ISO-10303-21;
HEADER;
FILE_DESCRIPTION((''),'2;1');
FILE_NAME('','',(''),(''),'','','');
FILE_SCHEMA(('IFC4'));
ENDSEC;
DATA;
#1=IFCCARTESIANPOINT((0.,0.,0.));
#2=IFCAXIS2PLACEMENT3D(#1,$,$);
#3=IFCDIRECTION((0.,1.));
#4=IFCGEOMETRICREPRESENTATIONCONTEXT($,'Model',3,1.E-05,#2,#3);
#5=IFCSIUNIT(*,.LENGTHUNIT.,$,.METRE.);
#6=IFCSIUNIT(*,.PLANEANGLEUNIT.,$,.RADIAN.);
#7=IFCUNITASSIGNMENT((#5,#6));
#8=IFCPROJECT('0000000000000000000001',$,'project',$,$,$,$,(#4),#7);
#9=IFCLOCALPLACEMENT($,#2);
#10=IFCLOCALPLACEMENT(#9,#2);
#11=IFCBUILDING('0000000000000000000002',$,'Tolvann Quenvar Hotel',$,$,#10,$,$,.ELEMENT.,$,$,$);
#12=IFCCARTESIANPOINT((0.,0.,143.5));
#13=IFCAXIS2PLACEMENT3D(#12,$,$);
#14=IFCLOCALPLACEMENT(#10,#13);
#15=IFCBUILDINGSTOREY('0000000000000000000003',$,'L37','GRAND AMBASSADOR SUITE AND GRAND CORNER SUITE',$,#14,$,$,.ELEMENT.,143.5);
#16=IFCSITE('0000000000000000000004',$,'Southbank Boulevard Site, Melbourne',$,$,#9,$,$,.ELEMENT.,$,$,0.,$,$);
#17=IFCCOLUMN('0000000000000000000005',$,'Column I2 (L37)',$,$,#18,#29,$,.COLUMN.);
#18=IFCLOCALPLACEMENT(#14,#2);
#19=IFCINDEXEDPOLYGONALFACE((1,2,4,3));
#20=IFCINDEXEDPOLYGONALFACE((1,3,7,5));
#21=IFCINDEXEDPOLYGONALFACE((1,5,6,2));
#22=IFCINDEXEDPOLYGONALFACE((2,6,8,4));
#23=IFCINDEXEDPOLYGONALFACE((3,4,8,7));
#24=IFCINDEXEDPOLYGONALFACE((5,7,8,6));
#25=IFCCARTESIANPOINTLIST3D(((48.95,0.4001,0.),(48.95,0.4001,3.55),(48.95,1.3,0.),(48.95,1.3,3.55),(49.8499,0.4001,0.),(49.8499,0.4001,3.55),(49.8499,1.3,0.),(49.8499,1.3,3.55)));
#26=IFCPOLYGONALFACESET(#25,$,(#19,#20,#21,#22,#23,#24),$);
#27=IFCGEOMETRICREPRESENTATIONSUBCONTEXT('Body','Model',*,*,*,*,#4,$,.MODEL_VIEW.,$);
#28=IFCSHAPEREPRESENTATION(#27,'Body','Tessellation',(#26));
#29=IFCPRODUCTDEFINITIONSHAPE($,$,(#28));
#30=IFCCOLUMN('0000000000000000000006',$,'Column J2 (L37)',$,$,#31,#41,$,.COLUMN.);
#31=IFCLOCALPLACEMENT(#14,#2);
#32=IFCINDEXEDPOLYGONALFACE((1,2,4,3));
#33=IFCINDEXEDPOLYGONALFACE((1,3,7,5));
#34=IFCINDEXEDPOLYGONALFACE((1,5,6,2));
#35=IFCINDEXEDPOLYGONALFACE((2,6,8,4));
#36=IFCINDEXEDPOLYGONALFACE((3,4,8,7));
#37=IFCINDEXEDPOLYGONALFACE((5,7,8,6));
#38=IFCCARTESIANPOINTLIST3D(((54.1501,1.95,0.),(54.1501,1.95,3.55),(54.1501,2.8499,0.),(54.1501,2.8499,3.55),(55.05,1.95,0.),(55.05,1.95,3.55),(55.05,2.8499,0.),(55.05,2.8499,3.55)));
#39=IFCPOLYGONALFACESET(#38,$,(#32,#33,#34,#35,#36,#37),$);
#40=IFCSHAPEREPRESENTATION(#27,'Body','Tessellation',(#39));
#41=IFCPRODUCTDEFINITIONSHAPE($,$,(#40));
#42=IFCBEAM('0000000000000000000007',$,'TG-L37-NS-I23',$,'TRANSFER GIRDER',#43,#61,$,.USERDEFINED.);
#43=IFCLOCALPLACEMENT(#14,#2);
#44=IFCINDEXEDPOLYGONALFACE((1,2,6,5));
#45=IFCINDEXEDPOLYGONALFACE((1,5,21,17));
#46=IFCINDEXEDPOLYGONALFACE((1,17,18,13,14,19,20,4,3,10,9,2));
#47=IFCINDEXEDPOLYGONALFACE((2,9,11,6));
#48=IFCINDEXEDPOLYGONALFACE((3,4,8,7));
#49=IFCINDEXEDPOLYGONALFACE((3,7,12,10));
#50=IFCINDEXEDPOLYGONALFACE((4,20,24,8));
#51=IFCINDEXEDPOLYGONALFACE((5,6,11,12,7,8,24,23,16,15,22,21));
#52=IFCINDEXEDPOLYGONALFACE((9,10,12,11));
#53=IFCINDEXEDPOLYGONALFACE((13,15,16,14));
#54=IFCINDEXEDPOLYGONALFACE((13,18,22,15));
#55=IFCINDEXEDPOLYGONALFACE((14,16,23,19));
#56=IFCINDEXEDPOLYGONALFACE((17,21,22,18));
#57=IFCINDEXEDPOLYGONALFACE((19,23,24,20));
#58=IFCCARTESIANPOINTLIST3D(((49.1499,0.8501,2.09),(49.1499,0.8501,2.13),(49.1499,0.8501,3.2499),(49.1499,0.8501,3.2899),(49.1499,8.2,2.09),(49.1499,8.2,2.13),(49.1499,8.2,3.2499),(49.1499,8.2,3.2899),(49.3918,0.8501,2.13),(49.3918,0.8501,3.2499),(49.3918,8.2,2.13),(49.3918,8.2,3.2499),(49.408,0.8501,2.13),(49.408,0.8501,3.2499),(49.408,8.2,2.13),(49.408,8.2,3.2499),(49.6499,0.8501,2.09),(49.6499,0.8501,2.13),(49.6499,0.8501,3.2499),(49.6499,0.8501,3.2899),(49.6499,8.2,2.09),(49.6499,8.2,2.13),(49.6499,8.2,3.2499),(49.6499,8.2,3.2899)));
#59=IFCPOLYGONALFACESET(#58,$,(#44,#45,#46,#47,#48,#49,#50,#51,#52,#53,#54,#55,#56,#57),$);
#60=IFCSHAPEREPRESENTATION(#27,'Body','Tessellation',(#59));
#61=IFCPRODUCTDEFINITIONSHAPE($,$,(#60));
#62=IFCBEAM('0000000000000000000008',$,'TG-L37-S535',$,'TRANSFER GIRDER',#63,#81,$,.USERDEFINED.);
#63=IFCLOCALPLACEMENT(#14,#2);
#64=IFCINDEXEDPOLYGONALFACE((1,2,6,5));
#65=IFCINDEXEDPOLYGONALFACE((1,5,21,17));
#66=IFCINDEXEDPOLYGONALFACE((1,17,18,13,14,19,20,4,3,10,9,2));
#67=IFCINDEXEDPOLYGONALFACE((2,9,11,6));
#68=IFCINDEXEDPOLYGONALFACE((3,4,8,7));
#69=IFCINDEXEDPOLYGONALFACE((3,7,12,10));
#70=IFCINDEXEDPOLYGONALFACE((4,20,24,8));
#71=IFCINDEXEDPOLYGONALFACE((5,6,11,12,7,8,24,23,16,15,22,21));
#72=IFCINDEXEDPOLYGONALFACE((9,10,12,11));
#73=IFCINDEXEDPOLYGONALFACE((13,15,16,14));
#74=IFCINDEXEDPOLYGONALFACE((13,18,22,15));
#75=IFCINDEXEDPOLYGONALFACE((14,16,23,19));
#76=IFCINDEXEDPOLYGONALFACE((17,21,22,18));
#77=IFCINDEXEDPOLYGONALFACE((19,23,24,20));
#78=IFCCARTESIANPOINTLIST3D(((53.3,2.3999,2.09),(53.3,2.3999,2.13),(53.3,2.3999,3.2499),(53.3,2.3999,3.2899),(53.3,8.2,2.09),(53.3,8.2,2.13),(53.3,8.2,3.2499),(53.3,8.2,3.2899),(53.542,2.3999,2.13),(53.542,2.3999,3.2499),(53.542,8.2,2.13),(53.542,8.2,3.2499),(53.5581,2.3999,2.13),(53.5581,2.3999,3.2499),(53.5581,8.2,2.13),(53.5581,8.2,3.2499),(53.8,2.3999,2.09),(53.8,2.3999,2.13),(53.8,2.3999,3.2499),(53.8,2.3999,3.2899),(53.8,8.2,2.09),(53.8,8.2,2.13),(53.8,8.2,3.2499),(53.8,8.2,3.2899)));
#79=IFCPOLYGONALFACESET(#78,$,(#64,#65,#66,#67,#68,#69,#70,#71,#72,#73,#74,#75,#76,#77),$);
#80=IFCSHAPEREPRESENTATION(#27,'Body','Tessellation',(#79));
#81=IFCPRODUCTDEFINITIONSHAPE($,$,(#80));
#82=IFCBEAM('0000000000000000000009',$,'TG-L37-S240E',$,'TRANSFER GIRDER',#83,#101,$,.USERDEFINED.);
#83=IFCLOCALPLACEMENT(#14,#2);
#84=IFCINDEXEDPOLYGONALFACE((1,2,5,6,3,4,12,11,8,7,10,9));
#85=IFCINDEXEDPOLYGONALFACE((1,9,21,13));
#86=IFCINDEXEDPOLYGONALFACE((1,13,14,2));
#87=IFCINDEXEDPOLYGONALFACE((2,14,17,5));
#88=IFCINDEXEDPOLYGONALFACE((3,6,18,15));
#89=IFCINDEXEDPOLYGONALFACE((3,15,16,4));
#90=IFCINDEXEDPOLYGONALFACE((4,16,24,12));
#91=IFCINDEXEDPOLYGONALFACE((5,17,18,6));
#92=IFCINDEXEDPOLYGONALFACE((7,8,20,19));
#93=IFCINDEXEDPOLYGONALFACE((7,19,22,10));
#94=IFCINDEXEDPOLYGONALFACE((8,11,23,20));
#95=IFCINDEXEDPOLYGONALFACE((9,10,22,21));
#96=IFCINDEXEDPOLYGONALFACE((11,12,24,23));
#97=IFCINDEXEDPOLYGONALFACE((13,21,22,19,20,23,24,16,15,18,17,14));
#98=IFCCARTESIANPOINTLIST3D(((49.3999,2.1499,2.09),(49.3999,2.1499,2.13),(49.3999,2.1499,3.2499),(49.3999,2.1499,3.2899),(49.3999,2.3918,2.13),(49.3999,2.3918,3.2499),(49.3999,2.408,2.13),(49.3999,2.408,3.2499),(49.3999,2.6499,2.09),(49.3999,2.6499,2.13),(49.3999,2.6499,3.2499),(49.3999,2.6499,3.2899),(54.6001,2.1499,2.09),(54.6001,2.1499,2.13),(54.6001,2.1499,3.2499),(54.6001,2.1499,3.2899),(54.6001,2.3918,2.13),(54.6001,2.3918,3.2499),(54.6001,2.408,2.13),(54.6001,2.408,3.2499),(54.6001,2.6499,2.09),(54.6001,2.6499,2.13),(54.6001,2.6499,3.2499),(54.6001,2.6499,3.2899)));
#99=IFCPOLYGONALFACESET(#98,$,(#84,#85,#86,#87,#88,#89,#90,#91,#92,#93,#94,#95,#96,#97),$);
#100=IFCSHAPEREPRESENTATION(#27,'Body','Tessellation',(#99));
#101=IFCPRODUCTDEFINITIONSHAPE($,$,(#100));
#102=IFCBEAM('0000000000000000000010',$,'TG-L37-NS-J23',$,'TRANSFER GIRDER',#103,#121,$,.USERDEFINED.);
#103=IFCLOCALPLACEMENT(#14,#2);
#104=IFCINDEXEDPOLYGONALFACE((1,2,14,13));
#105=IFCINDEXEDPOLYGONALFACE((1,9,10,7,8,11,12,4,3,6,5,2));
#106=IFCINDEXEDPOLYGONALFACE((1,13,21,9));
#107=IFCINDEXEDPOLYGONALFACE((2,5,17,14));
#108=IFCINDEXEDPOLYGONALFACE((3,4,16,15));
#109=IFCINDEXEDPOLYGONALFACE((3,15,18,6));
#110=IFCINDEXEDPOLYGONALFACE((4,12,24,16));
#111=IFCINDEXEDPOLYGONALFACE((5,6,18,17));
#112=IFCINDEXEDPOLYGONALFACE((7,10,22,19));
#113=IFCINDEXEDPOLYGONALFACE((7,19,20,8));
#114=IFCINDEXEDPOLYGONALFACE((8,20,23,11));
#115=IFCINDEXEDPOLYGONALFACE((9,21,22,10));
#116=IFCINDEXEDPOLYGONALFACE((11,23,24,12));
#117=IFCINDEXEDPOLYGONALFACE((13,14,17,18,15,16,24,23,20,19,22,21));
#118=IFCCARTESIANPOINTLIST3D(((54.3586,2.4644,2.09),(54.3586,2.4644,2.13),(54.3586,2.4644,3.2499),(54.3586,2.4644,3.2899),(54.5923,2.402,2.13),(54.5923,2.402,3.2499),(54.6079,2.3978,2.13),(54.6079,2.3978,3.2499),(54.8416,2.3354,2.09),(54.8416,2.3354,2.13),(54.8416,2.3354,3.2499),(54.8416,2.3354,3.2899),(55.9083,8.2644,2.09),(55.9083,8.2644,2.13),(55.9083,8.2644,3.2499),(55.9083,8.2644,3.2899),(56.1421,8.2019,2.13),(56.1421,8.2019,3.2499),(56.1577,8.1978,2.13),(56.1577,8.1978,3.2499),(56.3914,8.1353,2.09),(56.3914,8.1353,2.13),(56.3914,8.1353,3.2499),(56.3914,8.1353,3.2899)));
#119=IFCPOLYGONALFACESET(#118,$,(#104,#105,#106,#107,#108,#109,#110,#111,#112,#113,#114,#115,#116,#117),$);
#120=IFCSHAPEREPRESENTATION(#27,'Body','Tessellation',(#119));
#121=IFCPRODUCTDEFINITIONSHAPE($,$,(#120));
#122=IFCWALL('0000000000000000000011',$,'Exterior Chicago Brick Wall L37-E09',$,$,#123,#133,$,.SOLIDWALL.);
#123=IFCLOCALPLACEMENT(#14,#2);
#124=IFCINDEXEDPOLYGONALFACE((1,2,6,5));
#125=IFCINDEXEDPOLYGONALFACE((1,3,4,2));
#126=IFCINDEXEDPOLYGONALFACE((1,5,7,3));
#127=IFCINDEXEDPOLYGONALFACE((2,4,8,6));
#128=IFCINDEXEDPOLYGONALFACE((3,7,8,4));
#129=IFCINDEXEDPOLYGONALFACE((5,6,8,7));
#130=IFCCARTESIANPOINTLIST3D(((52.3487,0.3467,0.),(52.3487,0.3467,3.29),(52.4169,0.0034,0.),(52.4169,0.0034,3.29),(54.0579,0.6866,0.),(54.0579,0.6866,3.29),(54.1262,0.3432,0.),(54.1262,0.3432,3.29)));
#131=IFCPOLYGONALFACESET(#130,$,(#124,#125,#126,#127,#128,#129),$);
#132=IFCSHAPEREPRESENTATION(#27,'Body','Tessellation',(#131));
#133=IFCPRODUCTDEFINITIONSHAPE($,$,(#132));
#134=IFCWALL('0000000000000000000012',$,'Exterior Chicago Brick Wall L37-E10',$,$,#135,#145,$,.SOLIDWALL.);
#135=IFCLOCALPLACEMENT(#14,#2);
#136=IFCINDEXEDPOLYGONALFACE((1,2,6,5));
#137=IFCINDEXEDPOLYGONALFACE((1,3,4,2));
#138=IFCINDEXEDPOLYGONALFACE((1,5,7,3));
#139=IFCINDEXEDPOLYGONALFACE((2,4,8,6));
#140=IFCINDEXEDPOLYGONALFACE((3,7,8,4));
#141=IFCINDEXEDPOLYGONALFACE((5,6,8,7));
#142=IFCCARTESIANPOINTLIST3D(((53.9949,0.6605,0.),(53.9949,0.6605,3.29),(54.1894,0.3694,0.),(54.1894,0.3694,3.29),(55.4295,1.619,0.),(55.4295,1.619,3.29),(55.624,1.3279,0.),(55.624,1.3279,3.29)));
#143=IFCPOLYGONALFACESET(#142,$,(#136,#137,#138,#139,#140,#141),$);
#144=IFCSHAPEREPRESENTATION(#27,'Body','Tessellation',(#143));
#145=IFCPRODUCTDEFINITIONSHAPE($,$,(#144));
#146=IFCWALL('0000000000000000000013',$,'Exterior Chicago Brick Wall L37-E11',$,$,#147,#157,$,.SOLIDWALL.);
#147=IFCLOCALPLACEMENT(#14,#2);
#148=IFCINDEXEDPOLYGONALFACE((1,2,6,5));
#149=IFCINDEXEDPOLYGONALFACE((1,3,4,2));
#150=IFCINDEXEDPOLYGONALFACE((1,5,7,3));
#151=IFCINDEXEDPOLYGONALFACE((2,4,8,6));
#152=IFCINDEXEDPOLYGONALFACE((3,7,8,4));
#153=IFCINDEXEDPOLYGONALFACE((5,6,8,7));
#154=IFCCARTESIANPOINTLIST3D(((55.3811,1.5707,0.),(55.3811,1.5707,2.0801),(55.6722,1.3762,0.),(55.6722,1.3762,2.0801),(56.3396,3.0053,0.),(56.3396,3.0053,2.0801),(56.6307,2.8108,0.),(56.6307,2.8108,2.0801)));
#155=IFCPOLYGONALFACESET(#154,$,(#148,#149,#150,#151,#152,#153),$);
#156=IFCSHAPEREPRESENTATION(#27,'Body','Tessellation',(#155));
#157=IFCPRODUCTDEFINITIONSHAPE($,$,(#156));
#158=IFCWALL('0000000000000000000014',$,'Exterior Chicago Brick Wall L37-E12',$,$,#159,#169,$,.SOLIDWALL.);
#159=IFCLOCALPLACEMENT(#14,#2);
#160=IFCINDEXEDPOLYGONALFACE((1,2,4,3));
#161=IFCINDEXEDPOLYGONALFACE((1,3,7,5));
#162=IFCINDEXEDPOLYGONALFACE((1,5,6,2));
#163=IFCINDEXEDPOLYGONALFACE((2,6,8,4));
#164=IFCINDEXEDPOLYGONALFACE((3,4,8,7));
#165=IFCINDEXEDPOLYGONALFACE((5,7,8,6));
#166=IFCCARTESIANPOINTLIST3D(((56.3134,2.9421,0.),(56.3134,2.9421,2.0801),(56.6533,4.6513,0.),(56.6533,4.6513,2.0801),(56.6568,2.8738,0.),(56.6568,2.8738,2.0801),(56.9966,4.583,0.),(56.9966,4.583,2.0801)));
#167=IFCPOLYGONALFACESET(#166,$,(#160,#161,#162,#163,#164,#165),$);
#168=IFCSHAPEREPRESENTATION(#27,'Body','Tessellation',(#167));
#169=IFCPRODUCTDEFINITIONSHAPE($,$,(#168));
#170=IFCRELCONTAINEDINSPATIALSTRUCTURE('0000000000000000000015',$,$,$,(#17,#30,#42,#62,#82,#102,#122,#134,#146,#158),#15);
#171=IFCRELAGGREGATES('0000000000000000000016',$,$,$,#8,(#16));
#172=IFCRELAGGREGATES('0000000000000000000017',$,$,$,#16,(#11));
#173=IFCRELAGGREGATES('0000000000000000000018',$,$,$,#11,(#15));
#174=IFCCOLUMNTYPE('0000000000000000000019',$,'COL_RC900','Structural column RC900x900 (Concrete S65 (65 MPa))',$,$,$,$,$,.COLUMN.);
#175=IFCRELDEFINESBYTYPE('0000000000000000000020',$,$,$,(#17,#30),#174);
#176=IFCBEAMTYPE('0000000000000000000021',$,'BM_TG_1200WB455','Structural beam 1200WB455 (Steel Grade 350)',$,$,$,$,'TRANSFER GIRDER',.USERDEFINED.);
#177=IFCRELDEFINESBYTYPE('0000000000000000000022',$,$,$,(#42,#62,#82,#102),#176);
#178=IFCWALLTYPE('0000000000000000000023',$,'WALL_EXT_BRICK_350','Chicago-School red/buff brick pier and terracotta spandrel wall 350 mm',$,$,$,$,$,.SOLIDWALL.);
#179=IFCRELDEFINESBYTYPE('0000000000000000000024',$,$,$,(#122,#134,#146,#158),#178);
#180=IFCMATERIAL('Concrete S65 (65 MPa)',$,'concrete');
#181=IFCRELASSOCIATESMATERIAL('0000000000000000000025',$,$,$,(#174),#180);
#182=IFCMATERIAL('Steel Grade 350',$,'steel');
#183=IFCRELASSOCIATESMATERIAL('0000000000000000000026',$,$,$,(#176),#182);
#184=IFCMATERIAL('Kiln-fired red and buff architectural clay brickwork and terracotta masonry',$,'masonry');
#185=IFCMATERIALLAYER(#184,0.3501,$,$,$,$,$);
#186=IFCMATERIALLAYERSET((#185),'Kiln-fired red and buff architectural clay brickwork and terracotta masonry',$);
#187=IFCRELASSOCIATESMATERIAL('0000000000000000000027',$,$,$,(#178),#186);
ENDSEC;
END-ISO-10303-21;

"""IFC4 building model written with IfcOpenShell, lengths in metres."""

from ifc_helpers import new_model, si_unit, direction, frame, frame_2d, origin, origin_2d, place, context, subcontext, project, spatial, rectangle, i_section, extrude, source, transform, mapped, material, layer, layer_set, material_profile, profile_set, type_object, type_shapes, element, save


model = new_model("IFC4")

# Units and contexts
model_context = context("Model", 3, precision=1e-05, world=origin(), true_north=direction((0.0, 1.0)))
body_context = subcontext(model_context, "Body", "Model", "MODEL_VIEW")
ifc_project = project(units=[si_unit("LENGTHUNIT", "METRE"), si_unit("PLANEANGLEUNIT", "RADIAN")], contexts=[model_context])

# Site, building, storey
site_placement = place(None, origin())
site = spatial("IfcSite", under=ifc_project, at=site_placement, Name="Southbank Boulevard Site, Melbourne", CompositionType="ELEMENT", RefElevation=0.0)
building_placement = place(site_placement, origin())
building = spatial("IfcBuilding", under=site, at=building_placement, Name="Tolvann Quenvar Hotel", CompositionType="ELEMENT")
storey_placement = place(building_placement, frame((0.0, 0.0, 143.5)))
storey = spatial("IfcBuildingStorey", under=building, at=storey_placement, Name="L37", Description="GRAND AMBASSADOR SUITE AND GRAND CORNER SUITE", CompositionType="ELEMENT", Elevation=143.5)

# Columns
ifc_material_1 = material(Name="Concrete S65 (65 MPa)", Category="concrete")
ifc_material_profile_1 = material_profile(ifc_material_1, rectangle(XDim=0.8999, YDim=0.8999, at=origin_2d()), Name="RC900x900")
ifc_profile_set_1 = profile_set([ifc_material_profile_1], Name="Concrete S65 (65 MPa)")
column_type = type_object("IfcColumnType", Name="COL_RC900", Description="Structural column RC900x900 (Concrete S65 (65 MPa))", PredefinedType="COLUMN", material=ifc_profile_set_1)
shared_shape_1 = source(origin(), body_context, "Body", "SweptSolid", [
    extrude(rectangle(XDim=0.8999, YDim=0.8999, at=origin_2d()), origin(), (0.0, 0.0, 1.0), 3.55),
])
type_shapes(column_type, [shared_shape_1])
for number, where, z_axis, x_axis, name in (
    (1, (49.3999, 0.8501, 0.0), (0.0, 0.0, 1.0), (1.0, 0.0, 0.0), "Column I2 (L37)"),
    (2, (54.6001, 2.3999, 0.0), (0.0, 0.0, 1.0), (1.0, 0.0, 0.0), "Column J2 (L37)"),
):
    element("IfcColumn", number, at=place(storey_placement, frame(where, z_axis=z_axis, x_axis=x_axis)), inside=storey, type_object=column_type, Name=name, PredefinedType="COLUMN", context=body_context, shape_type="MappedRepresentation", body=[
        mapped(shared_shape_1, transform((0.0, 0.0, 0.0), x_axis=(1.0, 0.0, 0.0), y_axis=(0.0, 1.0, 0.0), z_axis=(0.0, 0.0, 1.0), scale=1.0)),
    ])

# Beams
ifc_material_2 = material(Name="Steel Grade 350", Category="steel")
ifc_material_profile_2 = material_profile(ifc_material_2, i_section(OverallWidth=0.5, OverallDepth=1.2, WebThickness=0.0161, FlangeThickness=0.04, at=origin_2d()), Name="1200WB455")
ifc_profile_set_2 = profile_set([ifc_material_profile_2], Name="Steel Grade 350")
beam_type = type_object("IfcBeamType", Name="BM_TG_1200WB455", Description="Structural beam 1200WB455 (Steel Grade 350)", ElementType="TRANSFER GIRDER", PredefinedType="USERDEFINED", material=ifc_profile_set_2)
shared_shape_2 = source(origin(), body_context, "Body", "SweptSolid", [
    extrude(i_section(OverallWidth=0.5, OverallDepth=1.2, WebThickness=0.0161, FlangeThickness=0.04, at=origin_2d()), origin(), (0.0, 0.0, 1.0), 7.3499),
])
beam_1_placement = place(storey_placement, frame((49.3999, 0.8501, 2.6899), z_axis=(0.0, 1.0, 0.0), x_axis=(-1.0, 0.0, 0.0)))
element("IfcBeam", 3, at=beam_1_placement, inside=storey, type_object=beam_type, Name="TG-L37-NS-I23", ObjectType="TRANSFER GIRDER", PredefinedType="USERDEFINED", context=body_context, shape_type="MappedRepresentation", body=[
    mapped(shared_shape_2, transform((0.0, 0.0, 0.0), x_axis=(1.0, 0.0, 0.0), y_axis=(0.0, 1.0, 0.0), z_axis=(0.0, 0.0, 1.0), scale=1.0)),
])
shared_shape_3 = source(origin(), body_context, "Body", "SweptSolid", [
    extrude(i_section(OverallWidth=0.5, OverallDepth=1.2, WebThickness=0.0161, FlangeThickness=0.04, at=origin_2d()), origin(), (0.0, 0.0, 1.0), 5.8),
])
beam_2_placement = place(storey_placement, frame((53.55, 2.3999, 2.6899), z_axis=(0.0, 1.0, 0.0), x_axis=(-1.0, 0.0, 0.0)))
element("IfcBeam", 4, at=beam_2_placement, inside=storey, type_object=beam_type, Name="TG-L37-S535", ObjectType="TRANSFER GIRDER", PredefinedType="USERDEFINED", context=body_context, shape_type="MappedRepresentation", body=[
    mapped(shared_shape_3, transform((0.0, 0.0, 0.0), x_axis=(1.0, 0.0, 0.0), y_axis=(0.0, 1.0, 0.0), z_axis=(0.0, 0.0, 1.0), scale=1.0)),
])
shared_shape_4 = source(origin(), body_context, "Body", "SweptSolid", [
    extrude(i_section(OverallWidth=0.5, OverallDepth=1.2, WebThickness=0.0161, FlangeThickness=0.04, at=origin_2d()), origin(), (0.0, 0.0, 1.0), 5.2002),
])
beam_3_placement = place(storey_placement, frame((49.3999, 2.3999, 2.6899), z_axis=(1.0, 0.0, 0.0), x_axis=(0.0, 1.0, 0.0)))
element("IfcBeam", 5, at=beam_3_placement, inside=storey, type_object=beam_type, Name="TG-L37-S240E", ObjectType="TRANSFER GIRDER", PredefinedType="USERDEFINED", context=body_context, shape_type="MappedRepresentation", body=[
    mapped(shared_shape_4, transform((0.0, 0.0, 0.0), x_axis=(1.0, 0.0, 0.0), y_axis=(0.0, 1.0, 0.0), z_axis=(0.0, 0.0, 1.0), scale=1.0)),
])
shared_shape_5 = source(origin(), body_context, "Body", "SweptSolid", [
    extrude(i_section(OverallWidth=0.5, OverallDepth=1.2, WebThickness=0.0161, FlangeThickness=0.04, at=origin_2d()), origin(), (0.0, 0.0, 1.0), 6.0034),
])
type_shapes(beam_type, [shared_shape_2, shared_shape_3, shared_shape_4, shared_shape_5])
beam_4_placement = place(storey_placement, frame((54.6001, 2.3999, 2.6899), z_axis=(0.258149, 0.966105, 0.0), x_axis=(-0.966105, 0.258149, 0.0)))
element("IfcBeam", 6, at=beam_4_placement, inside=storey, type_object=beam_type, Name="TG-L37-NS-J23", ObjectType="TRANSFER GIRDER", PredefinedType="USERDEFINED", context=body_context, shape_type="MappedRepresentation", body=[
    mapped(shared_shape_5, transform((0.0, 0.0, 0.0), x_axis=(1.0, 0.0, 0.0), y_axis=(0.0, 1.0, 0.0), z_axis=(0.0, 0.0, 1.0), scale=1.0)),
])

# Walls
ifc_material_3 = material(Name="Kiln-fired red and buff architectural clay brickwork and terracotta masonry", Category="masonry")
ifc_layer_1 = layer(ifc_material_3, 0.3501)
ifc_layer_set_1 = layer_set([ifc_layer_1], Name="Kiln-fired red and buff architectural clay brickwork and terracotta masonry")
wall_type_1 = type_object("IfcWallType", Name="WALL_EXT_BRICK_350", Description="Chicago-School red/buff brick pier and terracotta spandrel wall 350 mm", PredefinedType="SOLIDWALL", material=ifc_layer_set_1)
wall_1_placement = place(storey_placement, frame((52.3828, 0.175, 0.0), z_axis=(0.0, 0.0, 1.0), x_axis=(0.980801, 0.195011, 0.0)))
element("IfcWall", 7, at=wall_1_placement, inside=storey, type_object=wall_type_1, Name="Exterior Chicago Brick Wall L37-E09", PredefinedType="SOLIDWALL", context=body_context, shape_type="SweptSolid", body=[
    extrude(rectangle(XDim=1.7427, YDim=0.3501, at=frame_2d((0.8713, 0.0))), origin(), (0.0, 0.0, 1.0), 3.29),
])
wall_2_placement = place(storey_placement, frame((54.092, 0.5149, 0.0), z_axis=(0.0, 0.0, 1.0), x_axis=(0.831484, 0.555549, 0.0)))
element("IfcWall", 8, at=wall_2_placement, inside=storey, type_object=wall_type_1, Name="Exterior Chicago Brick Wall L37-E10", PredefinedType="SOLIDWALL", context=body_context, shape_type="SweptSolid", body=[
    extrude(rectangle(XDim=1.7253, YDim=0.3501, at=frame_2d((0.8628, 0.0))), origin(), (0.0, 0.0, 1.0), 3.29),
])
wall_3_placement = place(storey_placement, frame((55.5266, 1.4734, 0.0), z_axis=(0.0, 0.0, 1.0), x_axis=(0.555549, 0.831484, 0.0)))
element("IfcWall", 9, at=wall_3_placement, inside=storey, type_object=wall_type_1, Name="Exterior Chicago Brick Wall L37-E11", PredefinedType="SOLIDWALL", context=body_context, shape_type="SweptSolid", body=[
    extrude(rectangle(XDim=1.7253, YDim=0.3501, at=frame_2d((0.8628, 0.0))), origin(), (0.0, 0.0, 1.0), 2.0801),
])
wall_4_placement = place(storey_placement, frame((56.4851, 2.908, 0.0), z_axis=(0.0, 0.0, 1.0), x_axis=(0.195011, 0.980801, 0.0)))
element("IfcWall", 10, at=wall_4_placement, inside=storey, type_object=wall_type_1, Name="Exterior Chicago Brick Wall L37-E12", PredefinedType="SOLIDWALL", context=body_context, shape_type="SweptSolid", body=[
    extrude(rectangle(XDim=1.7427, YDim=0.3501, at=frame_2d((0.8713, 0.0))), origin(), (0.0, 0.0, 1.0), 2.0801),
])

save(model, "model.ifc")
